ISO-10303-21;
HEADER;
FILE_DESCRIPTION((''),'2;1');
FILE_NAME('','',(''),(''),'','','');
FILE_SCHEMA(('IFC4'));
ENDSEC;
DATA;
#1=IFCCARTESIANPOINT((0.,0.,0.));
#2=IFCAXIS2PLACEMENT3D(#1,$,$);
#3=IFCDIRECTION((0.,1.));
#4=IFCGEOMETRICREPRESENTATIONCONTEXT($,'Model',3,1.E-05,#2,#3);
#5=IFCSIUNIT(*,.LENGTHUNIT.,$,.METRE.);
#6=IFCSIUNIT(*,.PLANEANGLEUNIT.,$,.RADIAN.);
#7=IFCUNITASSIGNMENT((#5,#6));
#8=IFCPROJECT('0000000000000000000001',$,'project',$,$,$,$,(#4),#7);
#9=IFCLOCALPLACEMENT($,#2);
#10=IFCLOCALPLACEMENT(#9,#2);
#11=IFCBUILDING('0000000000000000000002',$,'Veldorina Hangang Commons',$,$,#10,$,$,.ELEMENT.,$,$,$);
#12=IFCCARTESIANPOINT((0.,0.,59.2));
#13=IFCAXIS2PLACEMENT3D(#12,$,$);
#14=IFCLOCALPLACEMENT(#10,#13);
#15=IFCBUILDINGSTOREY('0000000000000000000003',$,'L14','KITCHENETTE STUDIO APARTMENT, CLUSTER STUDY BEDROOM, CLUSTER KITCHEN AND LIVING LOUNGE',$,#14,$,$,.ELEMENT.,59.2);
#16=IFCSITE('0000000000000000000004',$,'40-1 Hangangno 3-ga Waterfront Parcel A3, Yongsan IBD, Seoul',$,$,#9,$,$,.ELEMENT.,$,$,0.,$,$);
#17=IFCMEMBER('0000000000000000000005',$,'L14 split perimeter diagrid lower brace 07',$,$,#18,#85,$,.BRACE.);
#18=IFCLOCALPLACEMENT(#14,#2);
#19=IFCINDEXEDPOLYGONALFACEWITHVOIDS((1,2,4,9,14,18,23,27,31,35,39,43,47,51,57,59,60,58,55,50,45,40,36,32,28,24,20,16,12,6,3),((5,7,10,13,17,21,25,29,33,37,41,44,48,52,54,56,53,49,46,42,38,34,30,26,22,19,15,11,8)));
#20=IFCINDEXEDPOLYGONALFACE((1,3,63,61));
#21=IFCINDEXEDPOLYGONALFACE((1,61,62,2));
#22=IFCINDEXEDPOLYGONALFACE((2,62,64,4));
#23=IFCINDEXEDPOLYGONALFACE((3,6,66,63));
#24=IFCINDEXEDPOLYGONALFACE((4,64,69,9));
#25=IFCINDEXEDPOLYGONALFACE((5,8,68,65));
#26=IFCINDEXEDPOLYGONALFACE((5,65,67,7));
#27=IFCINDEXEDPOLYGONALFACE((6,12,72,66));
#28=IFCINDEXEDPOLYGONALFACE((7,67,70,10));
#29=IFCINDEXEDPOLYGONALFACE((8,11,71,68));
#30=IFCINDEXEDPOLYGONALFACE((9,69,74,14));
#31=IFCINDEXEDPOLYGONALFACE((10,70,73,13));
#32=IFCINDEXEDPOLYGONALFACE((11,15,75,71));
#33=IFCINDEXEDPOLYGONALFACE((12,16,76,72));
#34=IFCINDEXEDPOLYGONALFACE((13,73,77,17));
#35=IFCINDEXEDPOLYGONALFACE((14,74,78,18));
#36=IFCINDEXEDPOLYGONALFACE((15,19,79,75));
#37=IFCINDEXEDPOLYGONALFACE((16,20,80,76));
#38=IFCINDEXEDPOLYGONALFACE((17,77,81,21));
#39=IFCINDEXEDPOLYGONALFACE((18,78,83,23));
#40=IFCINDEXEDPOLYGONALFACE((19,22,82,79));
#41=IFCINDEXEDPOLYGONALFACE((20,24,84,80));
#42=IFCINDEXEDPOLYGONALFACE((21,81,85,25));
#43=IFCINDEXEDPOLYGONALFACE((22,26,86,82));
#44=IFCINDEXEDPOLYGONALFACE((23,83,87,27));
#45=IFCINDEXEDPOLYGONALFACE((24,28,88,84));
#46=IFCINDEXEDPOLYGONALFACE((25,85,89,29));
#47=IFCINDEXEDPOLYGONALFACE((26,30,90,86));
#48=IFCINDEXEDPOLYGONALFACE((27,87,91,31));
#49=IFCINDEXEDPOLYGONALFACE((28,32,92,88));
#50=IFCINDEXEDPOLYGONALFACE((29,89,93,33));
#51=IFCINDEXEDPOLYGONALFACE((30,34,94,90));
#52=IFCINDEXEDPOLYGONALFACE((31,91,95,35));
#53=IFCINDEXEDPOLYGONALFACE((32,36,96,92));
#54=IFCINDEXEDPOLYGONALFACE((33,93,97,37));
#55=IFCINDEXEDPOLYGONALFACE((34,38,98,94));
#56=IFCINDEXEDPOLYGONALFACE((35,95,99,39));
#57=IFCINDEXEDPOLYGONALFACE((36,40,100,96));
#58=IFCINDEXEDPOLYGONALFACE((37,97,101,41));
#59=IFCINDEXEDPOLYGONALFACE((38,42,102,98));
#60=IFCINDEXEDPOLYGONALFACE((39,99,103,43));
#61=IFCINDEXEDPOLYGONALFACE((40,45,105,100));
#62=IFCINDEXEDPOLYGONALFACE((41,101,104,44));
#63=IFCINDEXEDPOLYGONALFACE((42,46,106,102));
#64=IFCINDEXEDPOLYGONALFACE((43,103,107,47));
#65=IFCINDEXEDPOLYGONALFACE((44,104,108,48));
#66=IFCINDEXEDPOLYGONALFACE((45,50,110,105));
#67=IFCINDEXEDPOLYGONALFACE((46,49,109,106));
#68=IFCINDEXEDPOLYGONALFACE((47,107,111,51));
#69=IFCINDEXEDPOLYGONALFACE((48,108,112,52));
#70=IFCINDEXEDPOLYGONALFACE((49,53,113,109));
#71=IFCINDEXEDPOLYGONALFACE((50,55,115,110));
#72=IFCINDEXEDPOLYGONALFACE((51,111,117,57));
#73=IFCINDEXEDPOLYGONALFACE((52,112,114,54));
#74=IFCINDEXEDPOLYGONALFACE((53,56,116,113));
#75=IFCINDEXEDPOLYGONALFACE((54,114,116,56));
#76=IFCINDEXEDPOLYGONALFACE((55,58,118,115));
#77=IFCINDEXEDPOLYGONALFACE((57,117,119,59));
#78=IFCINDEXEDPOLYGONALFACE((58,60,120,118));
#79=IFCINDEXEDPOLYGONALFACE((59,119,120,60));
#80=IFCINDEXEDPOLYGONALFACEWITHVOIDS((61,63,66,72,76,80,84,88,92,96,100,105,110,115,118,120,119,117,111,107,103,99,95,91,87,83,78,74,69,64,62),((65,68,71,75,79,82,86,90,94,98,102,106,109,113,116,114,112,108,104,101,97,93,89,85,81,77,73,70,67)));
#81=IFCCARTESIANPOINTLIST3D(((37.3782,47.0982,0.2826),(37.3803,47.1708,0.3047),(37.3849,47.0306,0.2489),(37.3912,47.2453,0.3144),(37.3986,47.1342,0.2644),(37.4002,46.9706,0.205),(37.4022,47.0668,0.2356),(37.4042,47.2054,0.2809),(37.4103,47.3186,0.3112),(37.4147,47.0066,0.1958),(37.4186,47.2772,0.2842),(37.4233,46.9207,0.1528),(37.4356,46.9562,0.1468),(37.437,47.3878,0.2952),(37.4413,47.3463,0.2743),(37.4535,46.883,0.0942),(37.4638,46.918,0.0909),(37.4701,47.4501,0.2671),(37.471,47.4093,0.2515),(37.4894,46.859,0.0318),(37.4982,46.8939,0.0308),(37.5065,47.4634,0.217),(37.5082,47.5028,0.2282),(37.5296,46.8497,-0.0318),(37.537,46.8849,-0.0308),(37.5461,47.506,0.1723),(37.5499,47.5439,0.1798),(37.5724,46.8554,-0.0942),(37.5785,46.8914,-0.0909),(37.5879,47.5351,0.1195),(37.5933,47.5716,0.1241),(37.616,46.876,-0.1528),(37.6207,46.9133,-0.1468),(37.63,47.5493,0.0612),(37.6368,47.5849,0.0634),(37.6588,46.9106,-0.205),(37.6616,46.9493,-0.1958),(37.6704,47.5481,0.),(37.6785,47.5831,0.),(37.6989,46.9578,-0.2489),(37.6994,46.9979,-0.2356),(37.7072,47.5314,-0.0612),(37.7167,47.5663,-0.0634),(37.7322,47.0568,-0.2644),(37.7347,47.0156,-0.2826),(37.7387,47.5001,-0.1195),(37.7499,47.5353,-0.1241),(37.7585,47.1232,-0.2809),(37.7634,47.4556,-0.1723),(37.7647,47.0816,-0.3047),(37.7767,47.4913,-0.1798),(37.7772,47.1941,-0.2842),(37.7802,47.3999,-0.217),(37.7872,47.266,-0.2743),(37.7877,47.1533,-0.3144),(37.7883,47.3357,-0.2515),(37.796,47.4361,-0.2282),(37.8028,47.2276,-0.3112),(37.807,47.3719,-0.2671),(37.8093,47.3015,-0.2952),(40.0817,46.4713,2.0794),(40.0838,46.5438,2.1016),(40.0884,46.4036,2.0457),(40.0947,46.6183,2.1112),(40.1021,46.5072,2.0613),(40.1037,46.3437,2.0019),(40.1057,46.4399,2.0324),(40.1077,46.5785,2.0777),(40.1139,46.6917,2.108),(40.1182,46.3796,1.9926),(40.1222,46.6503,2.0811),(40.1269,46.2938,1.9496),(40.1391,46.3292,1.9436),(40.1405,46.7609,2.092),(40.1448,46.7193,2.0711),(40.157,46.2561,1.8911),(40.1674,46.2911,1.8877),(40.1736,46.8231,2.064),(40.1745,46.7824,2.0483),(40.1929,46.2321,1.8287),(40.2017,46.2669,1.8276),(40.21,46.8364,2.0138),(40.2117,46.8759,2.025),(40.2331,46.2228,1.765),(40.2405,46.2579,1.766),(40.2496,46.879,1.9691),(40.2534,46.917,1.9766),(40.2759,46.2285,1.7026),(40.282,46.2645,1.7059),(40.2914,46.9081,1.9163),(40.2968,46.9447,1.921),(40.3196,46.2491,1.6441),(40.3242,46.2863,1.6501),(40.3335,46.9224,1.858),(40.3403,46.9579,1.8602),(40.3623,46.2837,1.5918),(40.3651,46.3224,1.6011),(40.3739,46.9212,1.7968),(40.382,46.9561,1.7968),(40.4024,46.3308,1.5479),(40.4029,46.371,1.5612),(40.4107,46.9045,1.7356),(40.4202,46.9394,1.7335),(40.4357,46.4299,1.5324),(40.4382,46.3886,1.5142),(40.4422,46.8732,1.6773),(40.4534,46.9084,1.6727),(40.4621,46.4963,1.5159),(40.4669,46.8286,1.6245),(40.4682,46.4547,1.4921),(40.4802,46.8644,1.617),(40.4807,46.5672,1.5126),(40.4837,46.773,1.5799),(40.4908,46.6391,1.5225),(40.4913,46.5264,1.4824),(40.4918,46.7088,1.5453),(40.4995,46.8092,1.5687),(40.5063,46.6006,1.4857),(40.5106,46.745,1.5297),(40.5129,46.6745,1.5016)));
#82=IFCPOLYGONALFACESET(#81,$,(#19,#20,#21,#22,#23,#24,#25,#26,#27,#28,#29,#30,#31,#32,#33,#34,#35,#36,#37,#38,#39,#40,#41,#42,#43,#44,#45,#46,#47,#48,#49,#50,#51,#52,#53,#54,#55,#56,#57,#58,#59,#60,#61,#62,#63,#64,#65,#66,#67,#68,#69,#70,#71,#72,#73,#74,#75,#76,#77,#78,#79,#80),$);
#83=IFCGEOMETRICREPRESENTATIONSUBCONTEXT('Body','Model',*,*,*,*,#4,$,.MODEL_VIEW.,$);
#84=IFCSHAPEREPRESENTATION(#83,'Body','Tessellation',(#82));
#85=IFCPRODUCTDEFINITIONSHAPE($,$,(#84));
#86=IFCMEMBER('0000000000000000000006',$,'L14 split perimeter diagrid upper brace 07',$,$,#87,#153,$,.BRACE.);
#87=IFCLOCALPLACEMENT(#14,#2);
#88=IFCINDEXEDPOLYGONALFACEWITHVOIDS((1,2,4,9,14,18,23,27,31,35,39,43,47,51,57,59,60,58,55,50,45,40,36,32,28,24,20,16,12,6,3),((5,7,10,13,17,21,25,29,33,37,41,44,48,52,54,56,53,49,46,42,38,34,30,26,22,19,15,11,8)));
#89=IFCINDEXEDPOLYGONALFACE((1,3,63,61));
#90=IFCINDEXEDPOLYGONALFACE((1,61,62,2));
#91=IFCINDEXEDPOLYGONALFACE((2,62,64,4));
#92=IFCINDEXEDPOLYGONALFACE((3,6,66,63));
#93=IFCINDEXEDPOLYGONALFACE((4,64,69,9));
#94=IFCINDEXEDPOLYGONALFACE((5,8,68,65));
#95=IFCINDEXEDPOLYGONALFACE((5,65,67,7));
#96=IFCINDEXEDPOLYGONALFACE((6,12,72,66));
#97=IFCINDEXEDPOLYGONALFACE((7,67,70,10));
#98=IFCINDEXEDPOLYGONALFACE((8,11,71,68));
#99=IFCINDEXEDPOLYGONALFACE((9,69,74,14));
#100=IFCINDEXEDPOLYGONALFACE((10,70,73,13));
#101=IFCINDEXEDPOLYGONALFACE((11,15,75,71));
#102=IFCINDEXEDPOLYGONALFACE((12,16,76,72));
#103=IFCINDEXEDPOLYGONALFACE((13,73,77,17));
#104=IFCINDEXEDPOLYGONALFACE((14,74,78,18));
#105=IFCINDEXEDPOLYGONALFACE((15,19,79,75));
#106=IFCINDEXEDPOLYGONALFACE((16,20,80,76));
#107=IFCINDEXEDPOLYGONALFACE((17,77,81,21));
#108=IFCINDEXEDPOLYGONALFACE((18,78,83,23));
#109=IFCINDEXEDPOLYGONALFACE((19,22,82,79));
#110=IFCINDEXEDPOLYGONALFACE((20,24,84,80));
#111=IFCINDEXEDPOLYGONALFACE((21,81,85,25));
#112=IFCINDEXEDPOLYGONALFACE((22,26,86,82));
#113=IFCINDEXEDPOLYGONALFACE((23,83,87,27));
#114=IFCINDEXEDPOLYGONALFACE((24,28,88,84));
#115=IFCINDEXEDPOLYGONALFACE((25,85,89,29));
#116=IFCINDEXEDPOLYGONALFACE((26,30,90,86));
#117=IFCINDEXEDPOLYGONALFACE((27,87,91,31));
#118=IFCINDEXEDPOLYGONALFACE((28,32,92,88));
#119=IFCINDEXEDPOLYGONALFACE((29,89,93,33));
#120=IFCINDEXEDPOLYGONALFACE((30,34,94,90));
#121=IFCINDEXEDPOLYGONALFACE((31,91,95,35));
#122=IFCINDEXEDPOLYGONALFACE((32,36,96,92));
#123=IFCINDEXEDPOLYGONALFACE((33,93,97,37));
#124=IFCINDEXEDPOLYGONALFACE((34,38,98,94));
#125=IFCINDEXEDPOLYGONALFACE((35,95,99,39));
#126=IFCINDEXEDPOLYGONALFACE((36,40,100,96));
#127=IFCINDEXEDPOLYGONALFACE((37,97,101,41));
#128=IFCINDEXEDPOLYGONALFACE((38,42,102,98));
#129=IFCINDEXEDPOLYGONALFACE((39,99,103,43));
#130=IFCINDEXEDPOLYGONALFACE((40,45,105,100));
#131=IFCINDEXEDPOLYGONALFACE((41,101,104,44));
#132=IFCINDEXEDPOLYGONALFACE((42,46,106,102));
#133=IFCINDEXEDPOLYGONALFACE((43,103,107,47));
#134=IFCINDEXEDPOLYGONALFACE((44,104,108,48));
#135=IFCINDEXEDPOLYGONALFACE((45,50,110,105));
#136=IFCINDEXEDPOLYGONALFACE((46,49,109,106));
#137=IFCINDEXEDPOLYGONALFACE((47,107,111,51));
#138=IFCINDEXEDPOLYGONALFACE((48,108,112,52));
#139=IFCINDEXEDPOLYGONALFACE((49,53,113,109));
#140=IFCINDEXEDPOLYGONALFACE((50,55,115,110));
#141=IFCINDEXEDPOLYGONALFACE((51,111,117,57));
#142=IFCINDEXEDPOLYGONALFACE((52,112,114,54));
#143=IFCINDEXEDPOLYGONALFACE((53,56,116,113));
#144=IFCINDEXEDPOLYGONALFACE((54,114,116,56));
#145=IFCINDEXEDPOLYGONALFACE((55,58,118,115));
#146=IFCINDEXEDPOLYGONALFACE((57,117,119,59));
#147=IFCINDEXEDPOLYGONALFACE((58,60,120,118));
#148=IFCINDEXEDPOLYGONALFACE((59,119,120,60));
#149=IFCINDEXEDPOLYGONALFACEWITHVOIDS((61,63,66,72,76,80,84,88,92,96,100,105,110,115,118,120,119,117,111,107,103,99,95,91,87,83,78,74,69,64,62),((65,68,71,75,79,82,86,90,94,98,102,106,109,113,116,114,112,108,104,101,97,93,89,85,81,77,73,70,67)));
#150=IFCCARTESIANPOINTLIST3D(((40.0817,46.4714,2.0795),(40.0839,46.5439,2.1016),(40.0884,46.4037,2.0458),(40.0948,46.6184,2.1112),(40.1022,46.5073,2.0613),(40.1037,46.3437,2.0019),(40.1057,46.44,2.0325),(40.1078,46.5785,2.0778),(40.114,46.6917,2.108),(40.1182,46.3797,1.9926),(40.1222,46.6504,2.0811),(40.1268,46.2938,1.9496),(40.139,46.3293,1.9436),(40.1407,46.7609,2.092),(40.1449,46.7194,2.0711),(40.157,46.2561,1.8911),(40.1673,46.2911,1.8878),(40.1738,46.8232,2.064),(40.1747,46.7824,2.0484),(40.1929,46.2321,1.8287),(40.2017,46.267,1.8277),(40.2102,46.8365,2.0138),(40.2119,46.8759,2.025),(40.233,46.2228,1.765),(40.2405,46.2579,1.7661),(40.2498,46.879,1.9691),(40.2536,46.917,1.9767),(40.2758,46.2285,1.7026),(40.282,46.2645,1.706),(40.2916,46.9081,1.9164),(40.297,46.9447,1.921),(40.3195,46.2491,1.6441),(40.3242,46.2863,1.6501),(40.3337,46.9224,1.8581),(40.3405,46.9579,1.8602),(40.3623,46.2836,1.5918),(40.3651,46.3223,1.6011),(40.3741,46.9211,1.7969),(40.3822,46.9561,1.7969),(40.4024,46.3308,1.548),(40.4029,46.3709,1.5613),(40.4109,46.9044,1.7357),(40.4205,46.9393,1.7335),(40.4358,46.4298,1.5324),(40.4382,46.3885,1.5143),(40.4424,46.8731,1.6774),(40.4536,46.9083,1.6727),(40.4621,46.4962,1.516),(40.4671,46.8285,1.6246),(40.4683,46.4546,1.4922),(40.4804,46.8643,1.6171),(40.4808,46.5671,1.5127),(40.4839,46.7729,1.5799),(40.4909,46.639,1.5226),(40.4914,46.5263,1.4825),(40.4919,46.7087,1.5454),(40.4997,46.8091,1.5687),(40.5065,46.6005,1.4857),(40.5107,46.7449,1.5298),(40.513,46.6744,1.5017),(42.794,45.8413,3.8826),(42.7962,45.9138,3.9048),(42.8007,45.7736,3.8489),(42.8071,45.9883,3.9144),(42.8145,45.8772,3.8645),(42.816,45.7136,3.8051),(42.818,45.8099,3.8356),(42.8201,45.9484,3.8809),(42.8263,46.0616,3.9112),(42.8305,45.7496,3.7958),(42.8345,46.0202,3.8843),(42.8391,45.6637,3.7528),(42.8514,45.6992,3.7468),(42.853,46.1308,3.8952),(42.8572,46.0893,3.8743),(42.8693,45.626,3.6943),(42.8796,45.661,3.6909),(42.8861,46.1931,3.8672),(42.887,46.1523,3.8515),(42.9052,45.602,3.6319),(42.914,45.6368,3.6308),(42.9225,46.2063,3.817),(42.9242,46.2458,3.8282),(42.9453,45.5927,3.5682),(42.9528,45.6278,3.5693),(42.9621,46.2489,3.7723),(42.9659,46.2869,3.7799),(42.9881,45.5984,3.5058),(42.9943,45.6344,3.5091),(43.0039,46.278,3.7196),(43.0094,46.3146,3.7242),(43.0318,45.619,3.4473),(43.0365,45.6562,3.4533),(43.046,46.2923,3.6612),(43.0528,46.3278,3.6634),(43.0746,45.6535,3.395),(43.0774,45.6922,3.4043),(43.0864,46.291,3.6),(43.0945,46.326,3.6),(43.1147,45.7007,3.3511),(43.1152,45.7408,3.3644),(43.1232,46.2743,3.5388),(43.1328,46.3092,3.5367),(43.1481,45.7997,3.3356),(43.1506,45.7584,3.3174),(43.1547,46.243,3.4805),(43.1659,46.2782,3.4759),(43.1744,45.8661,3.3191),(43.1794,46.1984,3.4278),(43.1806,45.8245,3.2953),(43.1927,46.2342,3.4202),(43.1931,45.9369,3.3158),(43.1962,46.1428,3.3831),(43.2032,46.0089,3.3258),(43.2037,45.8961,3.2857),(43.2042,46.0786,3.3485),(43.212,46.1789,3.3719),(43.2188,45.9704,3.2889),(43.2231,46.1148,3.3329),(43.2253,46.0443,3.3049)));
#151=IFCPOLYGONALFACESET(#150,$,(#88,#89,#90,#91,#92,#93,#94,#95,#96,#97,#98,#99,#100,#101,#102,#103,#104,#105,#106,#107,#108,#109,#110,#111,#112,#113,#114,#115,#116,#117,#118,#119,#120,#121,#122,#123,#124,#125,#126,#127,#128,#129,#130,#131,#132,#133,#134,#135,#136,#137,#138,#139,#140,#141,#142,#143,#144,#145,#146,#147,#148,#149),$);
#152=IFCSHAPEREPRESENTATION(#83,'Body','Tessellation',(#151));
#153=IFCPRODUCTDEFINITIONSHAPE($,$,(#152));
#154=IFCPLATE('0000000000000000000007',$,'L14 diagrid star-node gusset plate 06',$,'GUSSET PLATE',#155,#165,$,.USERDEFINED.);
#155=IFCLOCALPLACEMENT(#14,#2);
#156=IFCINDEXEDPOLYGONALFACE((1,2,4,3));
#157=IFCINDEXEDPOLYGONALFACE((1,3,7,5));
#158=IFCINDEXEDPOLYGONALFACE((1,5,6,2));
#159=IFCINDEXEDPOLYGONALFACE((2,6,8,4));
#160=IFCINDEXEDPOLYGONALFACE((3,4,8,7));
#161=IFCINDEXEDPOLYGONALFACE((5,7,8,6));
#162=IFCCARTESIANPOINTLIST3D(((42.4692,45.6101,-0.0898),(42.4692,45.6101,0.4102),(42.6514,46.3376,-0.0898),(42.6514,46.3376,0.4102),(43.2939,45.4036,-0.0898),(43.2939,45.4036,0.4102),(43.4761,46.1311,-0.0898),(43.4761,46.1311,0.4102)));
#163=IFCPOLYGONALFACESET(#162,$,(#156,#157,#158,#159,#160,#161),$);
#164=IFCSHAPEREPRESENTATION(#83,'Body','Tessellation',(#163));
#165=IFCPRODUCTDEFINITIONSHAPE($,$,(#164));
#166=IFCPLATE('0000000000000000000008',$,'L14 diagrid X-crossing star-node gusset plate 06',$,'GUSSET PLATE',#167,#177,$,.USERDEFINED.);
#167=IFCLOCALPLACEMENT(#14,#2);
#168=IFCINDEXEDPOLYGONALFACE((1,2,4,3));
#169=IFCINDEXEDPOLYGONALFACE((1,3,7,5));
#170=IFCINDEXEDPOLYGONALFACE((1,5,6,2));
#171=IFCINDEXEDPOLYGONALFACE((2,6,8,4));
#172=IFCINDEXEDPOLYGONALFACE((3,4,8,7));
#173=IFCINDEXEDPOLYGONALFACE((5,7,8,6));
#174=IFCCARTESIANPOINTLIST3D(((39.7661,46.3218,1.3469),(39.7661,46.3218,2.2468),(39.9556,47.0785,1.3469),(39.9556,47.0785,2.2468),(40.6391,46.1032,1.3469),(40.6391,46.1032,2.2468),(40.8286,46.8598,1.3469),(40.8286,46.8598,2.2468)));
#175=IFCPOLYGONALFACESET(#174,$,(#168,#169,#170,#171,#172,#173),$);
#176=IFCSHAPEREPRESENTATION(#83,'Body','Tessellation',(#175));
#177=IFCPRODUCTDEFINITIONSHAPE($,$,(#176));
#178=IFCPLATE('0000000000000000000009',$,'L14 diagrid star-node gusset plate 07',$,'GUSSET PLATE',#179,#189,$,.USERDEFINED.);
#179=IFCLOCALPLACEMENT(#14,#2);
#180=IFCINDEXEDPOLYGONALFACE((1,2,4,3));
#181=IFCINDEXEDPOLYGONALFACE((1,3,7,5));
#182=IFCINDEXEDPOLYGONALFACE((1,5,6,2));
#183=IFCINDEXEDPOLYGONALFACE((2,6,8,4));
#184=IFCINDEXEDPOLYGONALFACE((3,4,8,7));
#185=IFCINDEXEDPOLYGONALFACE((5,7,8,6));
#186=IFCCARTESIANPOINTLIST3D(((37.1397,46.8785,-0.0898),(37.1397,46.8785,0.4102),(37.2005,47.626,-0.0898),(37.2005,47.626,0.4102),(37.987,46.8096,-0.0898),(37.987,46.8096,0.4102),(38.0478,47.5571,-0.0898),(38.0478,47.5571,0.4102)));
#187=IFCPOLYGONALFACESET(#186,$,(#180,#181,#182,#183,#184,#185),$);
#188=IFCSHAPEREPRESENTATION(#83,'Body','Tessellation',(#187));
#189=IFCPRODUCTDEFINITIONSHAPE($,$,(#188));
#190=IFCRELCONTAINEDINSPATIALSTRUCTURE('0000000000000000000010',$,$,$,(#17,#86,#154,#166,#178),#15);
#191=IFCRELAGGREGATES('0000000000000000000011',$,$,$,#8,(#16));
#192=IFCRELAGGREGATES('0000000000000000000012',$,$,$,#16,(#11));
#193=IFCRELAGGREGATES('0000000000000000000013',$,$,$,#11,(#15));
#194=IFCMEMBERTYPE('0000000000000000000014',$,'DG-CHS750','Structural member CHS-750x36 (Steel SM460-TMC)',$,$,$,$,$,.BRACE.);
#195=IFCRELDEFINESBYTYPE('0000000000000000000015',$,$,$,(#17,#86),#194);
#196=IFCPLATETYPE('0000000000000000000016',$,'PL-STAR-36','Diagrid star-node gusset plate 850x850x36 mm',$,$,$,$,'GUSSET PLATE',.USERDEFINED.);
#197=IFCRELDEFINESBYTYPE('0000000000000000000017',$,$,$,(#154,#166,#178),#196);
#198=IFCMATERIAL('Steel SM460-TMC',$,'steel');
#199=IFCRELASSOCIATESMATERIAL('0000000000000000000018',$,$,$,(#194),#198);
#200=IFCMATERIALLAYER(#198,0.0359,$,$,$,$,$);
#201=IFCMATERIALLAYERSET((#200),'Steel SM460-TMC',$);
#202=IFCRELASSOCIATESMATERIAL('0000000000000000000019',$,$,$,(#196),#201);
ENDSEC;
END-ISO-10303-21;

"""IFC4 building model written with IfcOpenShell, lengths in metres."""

from ifc_helpers import new_model, si_unit, direction, frame, origin, origin_2d, place, context, subcontext, project, spatial, rectangle, hollow_circle, extrude, material, layer, layer_set, material_profile, profile_set, type_object, element, save


model = new_model("IFC4")

# Units and contexts
model_context = context("Model", 3, precision=1e-05, world=origin(), true_north=direction((0.0, 1.0)))
body_context = subcontext(model_context, "Body", "Model", "MODEL_VIEW")
ifc_project = project(units=[si_unit("LENGTHUNIT", "METRE"), si_unit("PLANEANGLEUNIT", "RADIAN")], contexts=[model_context])

# Site, building, storey
site_placement = place(None, origin())
site = spatial("IfcSite", under=ifc_project, at=site_placement, Name="40-1 Hangangno 3-ga Waterfront Parcel A3, Yongsan IBD, Seoul", CompositionType="ELEMENT", RefElevation=0.0)
building_placement = place(site_placement, origin())
building = spatial("IfcBuilding", under=site, at=building_placement, Name="Veldorina Hangang Commons", CompositionType="ELEMENT")
storey_placement = place(building_placement, frame((0.0, 0.0, 59.2)))
storey = spatial("IfcBuildingStorey", under=building, at=storey_placement, Name="L14", Description="KITCHENETTE STUDIO APARTMENT, CLUSTER STUDY BEDROOM, CLUSTER KITCHEN AND LIVING LOUNGE", CompositionType="ELEMENT", Elevation=59.2)

# Shared definitions
ifc_material_1 = material(Name="Steel SM460-TMC", Category="steel")

# Members
ifc_material_profile_1 = material_profile(ifc_material_1, hollow_circle(Radius=0.375, WallThickness=0.0359, at=origin_2d()), Name="CHS-750x36")
ifc_profile_set_1 = profile_set([ifc_material_profile_1], Name="Steel SM460-TMC")
member_type = type_object("IfcMemberType", Name="DG-CHS750", Description="Structural member CHS-750x36 (Steel SM460-TMC)", PredefinedType="BRACE", material=ifc_profile_set_1)
member_1_placement = place(storey_placement, frame((37.5938, 47.2178, 0.0), z_axis=(0.817726, -0.189626, 0.543477), x_axis=(0.2259, 0.97415, 0.0)))
element("IfcMember", 1, at=member_1_placement, inside=storey, type_object=member_type, Name="L14 split perimeter diagrid lower brace 07", PredefinedType="BRACE", context=body_context, shape_type="SweptSolid", body=[
    extrude(hollow_circle(Radius=0.375, WallThickness=0.0359, at=origin_2d()), origin(), (0.0, 0.0, 1.0), 3.3062),
])
member_2_placement = place(storey_placement, frame((40.2974, 46.5908, 1.7969), z_axis=(0.817605, -0.18994, 0.543549), x_axis=(0.226287, 0.974061, 0.0)))
element("IfcMember", 2, at=member_2_placement, inside=storey, type_object=member_type, Name="L14 split perimeter diagrid upper brace 07", PredefinedType="BRACE", context=body_context, shape_type="SweptSolid", body=[
    extrude(hollow_circle(Radius=0.375, WallThickness=0.0359, at=origin_2d()), origin(), (0.0, 0.0, 1.0), 3.3174),
])

# Plates
ifc_layer_1 = layer(ifc_material_1, 0.0359)
ifc_layer_set_1 = layer_set([ifc_layer_1], Name="Steel SM460-TMC")
plate_type = type_object("IfcPlateType", Name="PL-STAR-36", Description="Diagrid star-node gusset plate 850x850x36 mm", ElementType="GUSSET PLATE", PredefinedType="USERDEFINED", material=ifc_layer_set_1)
plate_1_placement = place(storey_placement, frame((42.9727, 45.8706, -0.0898), z_axis=(0.0, 0.0, 1.0), x_axis=(-0.970042, 0.242938, 0.0)))
element("IfcPlate", 3, at=plate_1_placement, inside=storey, type_object=plate_type, Name="L14 diagrid star-node gusset plate 06", ObjectType="GUSSET PLATE", PredefinedType="USERDEFINED", context=body_context, shape_type="SweptSolid", body=[
    extrude(rectangle(XDim=0.8501, YDim=0.75, at=origin_2d()), origin(), (0.0, 0.0, 1.0), 0.5),
])
plate_2_placement = place(storey_placement, frame((40.2974, 46.5908, 1.3469), z_axis=(0.0, 0.0, 1.0), x_axis=(-0.970042, 0.242938, 0.0)))
element("IfcPlate", 4, at=plate_2_placement, inside=storey, type_object=plate_type, Name="L14 diagrid X-crossing star-node gusset plate 06", ObjectType="GUSSET PLATE", PredefinedType="USERDEFINED", context=body_context, shape_type="SweptSolid", body=[
    extrude(rectangle(XDim=0.8999, YDim=0.78, at=origin_2d()), origin(), (0.0, 0.0, 1.0), 0.8999),
])
plate_3_placement = place(storey_placement, frame((37.5938, 47.2178, -0.0898), z_axis=(0.0, 0.0, 1.0), x_axis=(-0.99671, 0.081051, 0.0)))
element("IfcPlate", 5, at=plate_3_placement, inside=storey, type_object=plate_type, Name="L14 diagrid star-node gusset plate 07", ObjectType="GUSSET PLATE", PredefinedType="USERDEFINED", context=body_context, shape_type="SweptSolid", body=[
    extrude(rectangle(XDim=0.8501, YDim=0.75, at=origin_2d()), origin(), (0.0, 0.0, 1.0), 0.5),
])

save(model, "model.ifc")
